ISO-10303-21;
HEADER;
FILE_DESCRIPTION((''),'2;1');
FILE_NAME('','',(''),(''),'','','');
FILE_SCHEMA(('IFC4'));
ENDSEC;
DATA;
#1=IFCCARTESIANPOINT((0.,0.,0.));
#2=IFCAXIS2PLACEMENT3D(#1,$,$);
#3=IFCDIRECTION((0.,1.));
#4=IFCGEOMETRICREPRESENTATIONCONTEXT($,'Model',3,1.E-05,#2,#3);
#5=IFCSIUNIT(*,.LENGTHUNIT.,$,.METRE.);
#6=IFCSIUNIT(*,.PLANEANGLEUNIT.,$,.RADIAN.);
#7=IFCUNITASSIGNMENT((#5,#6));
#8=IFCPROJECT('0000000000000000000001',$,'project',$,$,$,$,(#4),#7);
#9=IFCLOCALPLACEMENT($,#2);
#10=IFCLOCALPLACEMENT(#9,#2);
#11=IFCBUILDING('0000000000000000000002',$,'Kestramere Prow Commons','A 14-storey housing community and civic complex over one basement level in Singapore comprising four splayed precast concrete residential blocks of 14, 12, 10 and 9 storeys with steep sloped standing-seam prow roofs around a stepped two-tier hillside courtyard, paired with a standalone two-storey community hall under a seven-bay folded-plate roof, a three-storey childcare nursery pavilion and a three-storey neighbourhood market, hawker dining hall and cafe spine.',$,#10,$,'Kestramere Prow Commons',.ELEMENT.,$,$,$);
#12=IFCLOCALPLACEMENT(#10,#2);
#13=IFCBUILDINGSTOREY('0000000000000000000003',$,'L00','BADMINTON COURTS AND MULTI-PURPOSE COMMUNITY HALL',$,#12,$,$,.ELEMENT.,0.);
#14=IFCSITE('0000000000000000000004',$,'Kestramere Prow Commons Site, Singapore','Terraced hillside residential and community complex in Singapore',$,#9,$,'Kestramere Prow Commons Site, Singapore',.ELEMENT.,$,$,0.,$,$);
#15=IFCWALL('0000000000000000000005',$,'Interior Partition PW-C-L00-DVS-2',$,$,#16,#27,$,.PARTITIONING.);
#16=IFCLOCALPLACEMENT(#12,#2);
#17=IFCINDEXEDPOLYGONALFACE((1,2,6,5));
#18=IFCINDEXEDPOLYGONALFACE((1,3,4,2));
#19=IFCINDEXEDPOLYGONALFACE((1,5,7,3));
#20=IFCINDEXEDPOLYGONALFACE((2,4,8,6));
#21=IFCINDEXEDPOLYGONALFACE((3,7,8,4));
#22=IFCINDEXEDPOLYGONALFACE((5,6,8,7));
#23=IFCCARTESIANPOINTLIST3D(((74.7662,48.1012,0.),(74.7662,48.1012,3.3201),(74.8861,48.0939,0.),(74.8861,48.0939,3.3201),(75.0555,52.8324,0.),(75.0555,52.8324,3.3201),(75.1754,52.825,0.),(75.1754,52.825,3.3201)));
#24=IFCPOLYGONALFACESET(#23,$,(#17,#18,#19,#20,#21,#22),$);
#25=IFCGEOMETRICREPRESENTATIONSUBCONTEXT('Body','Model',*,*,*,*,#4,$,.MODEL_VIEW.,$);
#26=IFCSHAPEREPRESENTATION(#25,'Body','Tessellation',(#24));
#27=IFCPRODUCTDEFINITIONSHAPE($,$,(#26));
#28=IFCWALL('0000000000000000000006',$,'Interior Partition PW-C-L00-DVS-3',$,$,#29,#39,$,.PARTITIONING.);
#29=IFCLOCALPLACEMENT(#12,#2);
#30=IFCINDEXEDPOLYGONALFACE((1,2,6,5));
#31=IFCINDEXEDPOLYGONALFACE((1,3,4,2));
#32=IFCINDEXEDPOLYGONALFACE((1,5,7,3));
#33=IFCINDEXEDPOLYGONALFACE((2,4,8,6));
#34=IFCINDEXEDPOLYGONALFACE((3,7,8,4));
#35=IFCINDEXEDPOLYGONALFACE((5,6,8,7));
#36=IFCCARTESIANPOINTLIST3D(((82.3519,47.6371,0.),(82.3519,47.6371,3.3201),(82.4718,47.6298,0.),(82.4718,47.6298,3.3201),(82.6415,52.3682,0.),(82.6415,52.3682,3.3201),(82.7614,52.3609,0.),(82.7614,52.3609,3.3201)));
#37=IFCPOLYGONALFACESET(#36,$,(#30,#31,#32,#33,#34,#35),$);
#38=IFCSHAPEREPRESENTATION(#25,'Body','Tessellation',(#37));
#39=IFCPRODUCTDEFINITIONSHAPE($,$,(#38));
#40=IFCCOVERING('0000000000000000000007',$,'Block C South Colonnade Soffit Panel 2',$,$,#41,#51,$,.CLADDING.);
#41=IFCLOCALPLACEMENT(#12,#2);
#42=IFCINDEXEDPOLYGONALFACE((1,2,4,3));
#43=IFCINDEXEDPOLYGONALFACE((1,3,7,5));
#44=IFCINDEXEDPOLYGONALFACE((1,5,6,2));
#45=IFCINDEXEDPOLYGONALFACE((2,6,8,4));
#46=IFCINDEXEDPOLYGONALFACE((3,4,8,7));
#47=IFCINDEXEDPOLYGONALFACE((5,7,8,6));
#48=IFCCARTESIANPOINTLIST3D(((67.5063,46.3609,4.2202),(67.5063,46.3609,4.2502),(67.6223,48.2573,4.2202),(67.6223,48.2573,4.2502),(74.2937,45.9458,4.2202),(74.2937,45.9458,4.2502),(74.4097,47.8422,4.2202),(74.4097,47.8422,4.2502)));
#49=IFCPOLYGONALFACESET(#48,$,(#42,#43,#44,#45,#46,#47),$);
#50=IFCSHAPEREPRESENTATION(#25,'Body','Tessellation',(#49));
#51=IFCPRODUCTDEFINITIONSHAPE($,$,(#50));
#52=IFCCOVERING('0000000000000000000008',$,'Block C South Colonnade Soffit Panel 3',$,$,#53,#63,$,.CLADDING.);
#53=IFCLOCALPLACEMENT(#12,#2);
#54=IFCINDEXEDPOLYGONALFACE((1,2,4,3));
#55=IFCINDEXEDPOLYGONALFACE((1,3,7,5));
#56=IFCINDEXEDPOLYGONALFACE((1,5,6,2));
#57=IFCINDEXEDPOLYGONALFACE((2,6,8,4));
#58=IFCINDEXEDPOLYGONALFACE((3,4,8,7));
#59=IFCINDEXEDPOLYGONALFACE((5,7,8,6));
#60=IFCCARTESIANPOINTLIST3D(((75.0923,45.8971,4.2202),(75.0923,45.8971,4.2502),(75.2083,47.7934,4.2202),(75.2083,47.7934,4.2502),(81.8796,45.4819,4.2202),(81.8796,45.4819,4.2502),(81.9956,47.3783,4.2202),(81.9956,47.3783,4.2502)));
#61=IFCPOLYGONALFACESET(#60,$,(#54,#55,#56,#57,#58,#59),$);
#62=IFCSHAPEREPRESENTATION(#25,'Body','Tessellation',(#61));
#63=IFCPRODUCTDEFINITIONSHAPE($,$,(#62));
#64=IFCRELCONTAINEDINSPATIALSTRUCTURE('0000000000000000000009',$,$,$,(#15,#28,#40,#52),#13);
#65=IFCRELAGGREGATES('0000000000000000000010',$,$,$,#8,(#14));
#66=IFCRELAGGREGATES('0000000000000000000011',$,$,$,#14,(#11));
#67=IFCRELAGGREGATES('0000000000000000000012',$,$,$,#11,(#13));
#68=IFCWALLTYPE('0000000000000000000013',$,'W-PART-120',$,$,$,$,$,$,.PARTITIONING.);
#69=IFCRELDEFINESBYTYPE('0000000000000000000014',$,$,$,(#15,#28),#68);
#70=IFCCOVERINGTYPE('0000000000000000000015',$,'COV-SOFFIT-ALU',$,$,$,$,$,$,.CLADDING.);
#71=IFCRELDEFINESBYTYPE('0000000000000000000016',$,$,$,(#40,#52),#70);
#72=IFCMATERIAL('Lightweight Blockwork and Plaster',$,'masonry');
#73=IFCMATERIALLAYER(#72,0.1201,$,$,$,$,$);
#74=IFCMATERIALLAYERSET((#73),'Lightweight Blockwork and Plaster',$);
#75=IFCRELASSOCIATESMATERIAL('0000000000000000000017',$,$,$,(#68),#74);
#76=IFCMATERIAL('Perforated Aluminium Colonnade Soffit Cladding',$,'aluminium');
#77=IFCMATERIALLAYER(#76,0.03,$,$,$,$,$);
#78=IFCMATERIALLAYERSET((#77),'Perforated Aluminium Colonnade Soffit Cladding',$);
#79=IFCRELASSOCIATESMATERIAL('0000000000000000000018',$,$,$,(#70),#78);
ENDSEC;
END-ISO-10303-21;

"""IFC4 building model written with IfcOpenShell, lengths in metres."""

from ifc_helpers import new_model, si_unit, direction, frame, frame_2d, origin, origin_2d, place, context, subcontext, project, spatial, rectangle, extrude, material, layer, layer_set, type_object, element, save


model = new_model("IFC4")

# Units and contexts
model_context = context("Model", 3, precision=1e-05, world=origin(), true_north=direction((0.0, 1.0)))
body_context = subcontext(model_context, "Body", "Model", "MODEL_VIEW")
ifc_project = project(units=[si_unit("LENGTHUNIT", "METRE"), si_unit("PLANEANGLEUNIT", "RADIAN")], contexts=[model_context])

# Site, building, storey
site_placement = place(None, origin())
site = spatial("IfcSite", under=ifc_project, at=site_placement, Name="Kestramere Prow Commons Site, Singapore", Description="Terraced hillside residential and community complex in Singapore", LongName="Kestramere Prow Commons Site, Singapore", CompositionType="ELEMENT", RefElevation=0.0)
building_placement = place(site_placement, origin())
building = spatial("IfcBuilding", under=site, at=building_placement, Name="Kestramere Prow Commons", Description="A 14-storey housing community and civic complex over one basement level in Singapore comprising four splayed precast concrete residential blocks of 14, 12, 10 and 9 storeys with steep sloped standing-seam prow roofs around a stepped two-tier hillside courtyard, paired with a standalone two-storey community hall under a seven-bay folded-plate roof, a three-storey childcare nursery pavilion and a three-storey neighbourhood market, hawker dining hall and cafe spine.", LongName="Kestramere Prow Commons", CompositionType="ELEMENT")
storey_placement = place(building_placement, origin())
storey = spatial("IfcBuildingStorey", under=building, at=storey_placement, Name="L00", Description="BADMINTON COURTS AND MULTI-PURPOSE COMMUNITY HALL", CompositionType="ELEMENT", Elevation=0.0)

# Walls
ifc_material_1 = material(Name="Lightweight Blockwork and Plaster", Category="masonry")
ifc_layer_1 = layer(ifc_material_1, 0.1201)
ifc_layer_set_1 = layer_set([ifc_layer_1], Name="Lightweight Blockwork and Plaster")
wall_type_1 = type_object("IfcWallType", Name="W-PART-120", PredefinedType="PARTITIONING", material=ifc_layer_set_1)
for number, where, z_axis, x_axis, name in (
    (1, (74.8262, 48.0974, 0.0), (0.0, 0.0, 1.0), (0.061035, 0.998136, 0.0), "Interior Partition PW-C-L00-DVS-2"),
    (2, (82.4119, 47.6333, 0.0), (0.0, 0.0, 1.0), (0.061086, 0.998133, 0.0), "Interior Partition PW-C-L00-DVS-3"),
):
    element("IfcWall", number, at=place(storey_placement, frame(where, z_axis=z_axis, x_axis=x_axis)), inside=storey, type_object=wall_type_1, Name=name, PredefinedType="PARTITIONING", context=body_context, shape_type="SweptSolid", body=[
        extrude(rectangle(XDim=4.74, YDim=0.1201, at=frame_2d((2.3701, 0.0))), origin(), (0.0, 0.0, 1.0), 3.3201),
    ])

# Coverings
ifc_material_2 = material(Name="Perforated Aluminium Colonnade Soffit Cladding", Category="aluminium")
ifc_layer_2 = layer(ifc_material_2, 0.03)
ifc_layer_set_2 = layer_set([ifc_layer_2], Name="Perforated Aluminium Colonnade Soffit Cladding")
covering_type = type_object("IfcCoveringType", Name="COV-SOFFIT-ALU", PredefinedType="CLADDING", material=ifc_layer_set_2)
for number, where, z_axis, x_axis, name in (
    (3, (70.958, 47.1016, 4.2202), (0.0, 0.0, 1.0), (0.998135, -0.061049, 0.0), "Block C South Colonnade Soffit Panel 2"),
    (4, (78.5439, 46.6377, 4.2202), (0.0, 0.0, 1.0), (0.998135, -0.061049, 0.0), "Block C South Colonnade Soffit Panel 3"),
):
    element("IfcCovering", number, at=place(storey_placement, frame(where, z_axis=z_axis, x_axis=x_axis)), inside=storey, type_object=covering_type, Name=name, PredefinedType="CLADDING", context=body_context, shape_type="SweptSolid", body=[
        extrude(rectangle(XDim=6.8, YDim=1.8999, at=origin_2d()), origin(), (0.0, 0.0, 1.0), 0.03),
    ])

save(model, "model.ifc")
